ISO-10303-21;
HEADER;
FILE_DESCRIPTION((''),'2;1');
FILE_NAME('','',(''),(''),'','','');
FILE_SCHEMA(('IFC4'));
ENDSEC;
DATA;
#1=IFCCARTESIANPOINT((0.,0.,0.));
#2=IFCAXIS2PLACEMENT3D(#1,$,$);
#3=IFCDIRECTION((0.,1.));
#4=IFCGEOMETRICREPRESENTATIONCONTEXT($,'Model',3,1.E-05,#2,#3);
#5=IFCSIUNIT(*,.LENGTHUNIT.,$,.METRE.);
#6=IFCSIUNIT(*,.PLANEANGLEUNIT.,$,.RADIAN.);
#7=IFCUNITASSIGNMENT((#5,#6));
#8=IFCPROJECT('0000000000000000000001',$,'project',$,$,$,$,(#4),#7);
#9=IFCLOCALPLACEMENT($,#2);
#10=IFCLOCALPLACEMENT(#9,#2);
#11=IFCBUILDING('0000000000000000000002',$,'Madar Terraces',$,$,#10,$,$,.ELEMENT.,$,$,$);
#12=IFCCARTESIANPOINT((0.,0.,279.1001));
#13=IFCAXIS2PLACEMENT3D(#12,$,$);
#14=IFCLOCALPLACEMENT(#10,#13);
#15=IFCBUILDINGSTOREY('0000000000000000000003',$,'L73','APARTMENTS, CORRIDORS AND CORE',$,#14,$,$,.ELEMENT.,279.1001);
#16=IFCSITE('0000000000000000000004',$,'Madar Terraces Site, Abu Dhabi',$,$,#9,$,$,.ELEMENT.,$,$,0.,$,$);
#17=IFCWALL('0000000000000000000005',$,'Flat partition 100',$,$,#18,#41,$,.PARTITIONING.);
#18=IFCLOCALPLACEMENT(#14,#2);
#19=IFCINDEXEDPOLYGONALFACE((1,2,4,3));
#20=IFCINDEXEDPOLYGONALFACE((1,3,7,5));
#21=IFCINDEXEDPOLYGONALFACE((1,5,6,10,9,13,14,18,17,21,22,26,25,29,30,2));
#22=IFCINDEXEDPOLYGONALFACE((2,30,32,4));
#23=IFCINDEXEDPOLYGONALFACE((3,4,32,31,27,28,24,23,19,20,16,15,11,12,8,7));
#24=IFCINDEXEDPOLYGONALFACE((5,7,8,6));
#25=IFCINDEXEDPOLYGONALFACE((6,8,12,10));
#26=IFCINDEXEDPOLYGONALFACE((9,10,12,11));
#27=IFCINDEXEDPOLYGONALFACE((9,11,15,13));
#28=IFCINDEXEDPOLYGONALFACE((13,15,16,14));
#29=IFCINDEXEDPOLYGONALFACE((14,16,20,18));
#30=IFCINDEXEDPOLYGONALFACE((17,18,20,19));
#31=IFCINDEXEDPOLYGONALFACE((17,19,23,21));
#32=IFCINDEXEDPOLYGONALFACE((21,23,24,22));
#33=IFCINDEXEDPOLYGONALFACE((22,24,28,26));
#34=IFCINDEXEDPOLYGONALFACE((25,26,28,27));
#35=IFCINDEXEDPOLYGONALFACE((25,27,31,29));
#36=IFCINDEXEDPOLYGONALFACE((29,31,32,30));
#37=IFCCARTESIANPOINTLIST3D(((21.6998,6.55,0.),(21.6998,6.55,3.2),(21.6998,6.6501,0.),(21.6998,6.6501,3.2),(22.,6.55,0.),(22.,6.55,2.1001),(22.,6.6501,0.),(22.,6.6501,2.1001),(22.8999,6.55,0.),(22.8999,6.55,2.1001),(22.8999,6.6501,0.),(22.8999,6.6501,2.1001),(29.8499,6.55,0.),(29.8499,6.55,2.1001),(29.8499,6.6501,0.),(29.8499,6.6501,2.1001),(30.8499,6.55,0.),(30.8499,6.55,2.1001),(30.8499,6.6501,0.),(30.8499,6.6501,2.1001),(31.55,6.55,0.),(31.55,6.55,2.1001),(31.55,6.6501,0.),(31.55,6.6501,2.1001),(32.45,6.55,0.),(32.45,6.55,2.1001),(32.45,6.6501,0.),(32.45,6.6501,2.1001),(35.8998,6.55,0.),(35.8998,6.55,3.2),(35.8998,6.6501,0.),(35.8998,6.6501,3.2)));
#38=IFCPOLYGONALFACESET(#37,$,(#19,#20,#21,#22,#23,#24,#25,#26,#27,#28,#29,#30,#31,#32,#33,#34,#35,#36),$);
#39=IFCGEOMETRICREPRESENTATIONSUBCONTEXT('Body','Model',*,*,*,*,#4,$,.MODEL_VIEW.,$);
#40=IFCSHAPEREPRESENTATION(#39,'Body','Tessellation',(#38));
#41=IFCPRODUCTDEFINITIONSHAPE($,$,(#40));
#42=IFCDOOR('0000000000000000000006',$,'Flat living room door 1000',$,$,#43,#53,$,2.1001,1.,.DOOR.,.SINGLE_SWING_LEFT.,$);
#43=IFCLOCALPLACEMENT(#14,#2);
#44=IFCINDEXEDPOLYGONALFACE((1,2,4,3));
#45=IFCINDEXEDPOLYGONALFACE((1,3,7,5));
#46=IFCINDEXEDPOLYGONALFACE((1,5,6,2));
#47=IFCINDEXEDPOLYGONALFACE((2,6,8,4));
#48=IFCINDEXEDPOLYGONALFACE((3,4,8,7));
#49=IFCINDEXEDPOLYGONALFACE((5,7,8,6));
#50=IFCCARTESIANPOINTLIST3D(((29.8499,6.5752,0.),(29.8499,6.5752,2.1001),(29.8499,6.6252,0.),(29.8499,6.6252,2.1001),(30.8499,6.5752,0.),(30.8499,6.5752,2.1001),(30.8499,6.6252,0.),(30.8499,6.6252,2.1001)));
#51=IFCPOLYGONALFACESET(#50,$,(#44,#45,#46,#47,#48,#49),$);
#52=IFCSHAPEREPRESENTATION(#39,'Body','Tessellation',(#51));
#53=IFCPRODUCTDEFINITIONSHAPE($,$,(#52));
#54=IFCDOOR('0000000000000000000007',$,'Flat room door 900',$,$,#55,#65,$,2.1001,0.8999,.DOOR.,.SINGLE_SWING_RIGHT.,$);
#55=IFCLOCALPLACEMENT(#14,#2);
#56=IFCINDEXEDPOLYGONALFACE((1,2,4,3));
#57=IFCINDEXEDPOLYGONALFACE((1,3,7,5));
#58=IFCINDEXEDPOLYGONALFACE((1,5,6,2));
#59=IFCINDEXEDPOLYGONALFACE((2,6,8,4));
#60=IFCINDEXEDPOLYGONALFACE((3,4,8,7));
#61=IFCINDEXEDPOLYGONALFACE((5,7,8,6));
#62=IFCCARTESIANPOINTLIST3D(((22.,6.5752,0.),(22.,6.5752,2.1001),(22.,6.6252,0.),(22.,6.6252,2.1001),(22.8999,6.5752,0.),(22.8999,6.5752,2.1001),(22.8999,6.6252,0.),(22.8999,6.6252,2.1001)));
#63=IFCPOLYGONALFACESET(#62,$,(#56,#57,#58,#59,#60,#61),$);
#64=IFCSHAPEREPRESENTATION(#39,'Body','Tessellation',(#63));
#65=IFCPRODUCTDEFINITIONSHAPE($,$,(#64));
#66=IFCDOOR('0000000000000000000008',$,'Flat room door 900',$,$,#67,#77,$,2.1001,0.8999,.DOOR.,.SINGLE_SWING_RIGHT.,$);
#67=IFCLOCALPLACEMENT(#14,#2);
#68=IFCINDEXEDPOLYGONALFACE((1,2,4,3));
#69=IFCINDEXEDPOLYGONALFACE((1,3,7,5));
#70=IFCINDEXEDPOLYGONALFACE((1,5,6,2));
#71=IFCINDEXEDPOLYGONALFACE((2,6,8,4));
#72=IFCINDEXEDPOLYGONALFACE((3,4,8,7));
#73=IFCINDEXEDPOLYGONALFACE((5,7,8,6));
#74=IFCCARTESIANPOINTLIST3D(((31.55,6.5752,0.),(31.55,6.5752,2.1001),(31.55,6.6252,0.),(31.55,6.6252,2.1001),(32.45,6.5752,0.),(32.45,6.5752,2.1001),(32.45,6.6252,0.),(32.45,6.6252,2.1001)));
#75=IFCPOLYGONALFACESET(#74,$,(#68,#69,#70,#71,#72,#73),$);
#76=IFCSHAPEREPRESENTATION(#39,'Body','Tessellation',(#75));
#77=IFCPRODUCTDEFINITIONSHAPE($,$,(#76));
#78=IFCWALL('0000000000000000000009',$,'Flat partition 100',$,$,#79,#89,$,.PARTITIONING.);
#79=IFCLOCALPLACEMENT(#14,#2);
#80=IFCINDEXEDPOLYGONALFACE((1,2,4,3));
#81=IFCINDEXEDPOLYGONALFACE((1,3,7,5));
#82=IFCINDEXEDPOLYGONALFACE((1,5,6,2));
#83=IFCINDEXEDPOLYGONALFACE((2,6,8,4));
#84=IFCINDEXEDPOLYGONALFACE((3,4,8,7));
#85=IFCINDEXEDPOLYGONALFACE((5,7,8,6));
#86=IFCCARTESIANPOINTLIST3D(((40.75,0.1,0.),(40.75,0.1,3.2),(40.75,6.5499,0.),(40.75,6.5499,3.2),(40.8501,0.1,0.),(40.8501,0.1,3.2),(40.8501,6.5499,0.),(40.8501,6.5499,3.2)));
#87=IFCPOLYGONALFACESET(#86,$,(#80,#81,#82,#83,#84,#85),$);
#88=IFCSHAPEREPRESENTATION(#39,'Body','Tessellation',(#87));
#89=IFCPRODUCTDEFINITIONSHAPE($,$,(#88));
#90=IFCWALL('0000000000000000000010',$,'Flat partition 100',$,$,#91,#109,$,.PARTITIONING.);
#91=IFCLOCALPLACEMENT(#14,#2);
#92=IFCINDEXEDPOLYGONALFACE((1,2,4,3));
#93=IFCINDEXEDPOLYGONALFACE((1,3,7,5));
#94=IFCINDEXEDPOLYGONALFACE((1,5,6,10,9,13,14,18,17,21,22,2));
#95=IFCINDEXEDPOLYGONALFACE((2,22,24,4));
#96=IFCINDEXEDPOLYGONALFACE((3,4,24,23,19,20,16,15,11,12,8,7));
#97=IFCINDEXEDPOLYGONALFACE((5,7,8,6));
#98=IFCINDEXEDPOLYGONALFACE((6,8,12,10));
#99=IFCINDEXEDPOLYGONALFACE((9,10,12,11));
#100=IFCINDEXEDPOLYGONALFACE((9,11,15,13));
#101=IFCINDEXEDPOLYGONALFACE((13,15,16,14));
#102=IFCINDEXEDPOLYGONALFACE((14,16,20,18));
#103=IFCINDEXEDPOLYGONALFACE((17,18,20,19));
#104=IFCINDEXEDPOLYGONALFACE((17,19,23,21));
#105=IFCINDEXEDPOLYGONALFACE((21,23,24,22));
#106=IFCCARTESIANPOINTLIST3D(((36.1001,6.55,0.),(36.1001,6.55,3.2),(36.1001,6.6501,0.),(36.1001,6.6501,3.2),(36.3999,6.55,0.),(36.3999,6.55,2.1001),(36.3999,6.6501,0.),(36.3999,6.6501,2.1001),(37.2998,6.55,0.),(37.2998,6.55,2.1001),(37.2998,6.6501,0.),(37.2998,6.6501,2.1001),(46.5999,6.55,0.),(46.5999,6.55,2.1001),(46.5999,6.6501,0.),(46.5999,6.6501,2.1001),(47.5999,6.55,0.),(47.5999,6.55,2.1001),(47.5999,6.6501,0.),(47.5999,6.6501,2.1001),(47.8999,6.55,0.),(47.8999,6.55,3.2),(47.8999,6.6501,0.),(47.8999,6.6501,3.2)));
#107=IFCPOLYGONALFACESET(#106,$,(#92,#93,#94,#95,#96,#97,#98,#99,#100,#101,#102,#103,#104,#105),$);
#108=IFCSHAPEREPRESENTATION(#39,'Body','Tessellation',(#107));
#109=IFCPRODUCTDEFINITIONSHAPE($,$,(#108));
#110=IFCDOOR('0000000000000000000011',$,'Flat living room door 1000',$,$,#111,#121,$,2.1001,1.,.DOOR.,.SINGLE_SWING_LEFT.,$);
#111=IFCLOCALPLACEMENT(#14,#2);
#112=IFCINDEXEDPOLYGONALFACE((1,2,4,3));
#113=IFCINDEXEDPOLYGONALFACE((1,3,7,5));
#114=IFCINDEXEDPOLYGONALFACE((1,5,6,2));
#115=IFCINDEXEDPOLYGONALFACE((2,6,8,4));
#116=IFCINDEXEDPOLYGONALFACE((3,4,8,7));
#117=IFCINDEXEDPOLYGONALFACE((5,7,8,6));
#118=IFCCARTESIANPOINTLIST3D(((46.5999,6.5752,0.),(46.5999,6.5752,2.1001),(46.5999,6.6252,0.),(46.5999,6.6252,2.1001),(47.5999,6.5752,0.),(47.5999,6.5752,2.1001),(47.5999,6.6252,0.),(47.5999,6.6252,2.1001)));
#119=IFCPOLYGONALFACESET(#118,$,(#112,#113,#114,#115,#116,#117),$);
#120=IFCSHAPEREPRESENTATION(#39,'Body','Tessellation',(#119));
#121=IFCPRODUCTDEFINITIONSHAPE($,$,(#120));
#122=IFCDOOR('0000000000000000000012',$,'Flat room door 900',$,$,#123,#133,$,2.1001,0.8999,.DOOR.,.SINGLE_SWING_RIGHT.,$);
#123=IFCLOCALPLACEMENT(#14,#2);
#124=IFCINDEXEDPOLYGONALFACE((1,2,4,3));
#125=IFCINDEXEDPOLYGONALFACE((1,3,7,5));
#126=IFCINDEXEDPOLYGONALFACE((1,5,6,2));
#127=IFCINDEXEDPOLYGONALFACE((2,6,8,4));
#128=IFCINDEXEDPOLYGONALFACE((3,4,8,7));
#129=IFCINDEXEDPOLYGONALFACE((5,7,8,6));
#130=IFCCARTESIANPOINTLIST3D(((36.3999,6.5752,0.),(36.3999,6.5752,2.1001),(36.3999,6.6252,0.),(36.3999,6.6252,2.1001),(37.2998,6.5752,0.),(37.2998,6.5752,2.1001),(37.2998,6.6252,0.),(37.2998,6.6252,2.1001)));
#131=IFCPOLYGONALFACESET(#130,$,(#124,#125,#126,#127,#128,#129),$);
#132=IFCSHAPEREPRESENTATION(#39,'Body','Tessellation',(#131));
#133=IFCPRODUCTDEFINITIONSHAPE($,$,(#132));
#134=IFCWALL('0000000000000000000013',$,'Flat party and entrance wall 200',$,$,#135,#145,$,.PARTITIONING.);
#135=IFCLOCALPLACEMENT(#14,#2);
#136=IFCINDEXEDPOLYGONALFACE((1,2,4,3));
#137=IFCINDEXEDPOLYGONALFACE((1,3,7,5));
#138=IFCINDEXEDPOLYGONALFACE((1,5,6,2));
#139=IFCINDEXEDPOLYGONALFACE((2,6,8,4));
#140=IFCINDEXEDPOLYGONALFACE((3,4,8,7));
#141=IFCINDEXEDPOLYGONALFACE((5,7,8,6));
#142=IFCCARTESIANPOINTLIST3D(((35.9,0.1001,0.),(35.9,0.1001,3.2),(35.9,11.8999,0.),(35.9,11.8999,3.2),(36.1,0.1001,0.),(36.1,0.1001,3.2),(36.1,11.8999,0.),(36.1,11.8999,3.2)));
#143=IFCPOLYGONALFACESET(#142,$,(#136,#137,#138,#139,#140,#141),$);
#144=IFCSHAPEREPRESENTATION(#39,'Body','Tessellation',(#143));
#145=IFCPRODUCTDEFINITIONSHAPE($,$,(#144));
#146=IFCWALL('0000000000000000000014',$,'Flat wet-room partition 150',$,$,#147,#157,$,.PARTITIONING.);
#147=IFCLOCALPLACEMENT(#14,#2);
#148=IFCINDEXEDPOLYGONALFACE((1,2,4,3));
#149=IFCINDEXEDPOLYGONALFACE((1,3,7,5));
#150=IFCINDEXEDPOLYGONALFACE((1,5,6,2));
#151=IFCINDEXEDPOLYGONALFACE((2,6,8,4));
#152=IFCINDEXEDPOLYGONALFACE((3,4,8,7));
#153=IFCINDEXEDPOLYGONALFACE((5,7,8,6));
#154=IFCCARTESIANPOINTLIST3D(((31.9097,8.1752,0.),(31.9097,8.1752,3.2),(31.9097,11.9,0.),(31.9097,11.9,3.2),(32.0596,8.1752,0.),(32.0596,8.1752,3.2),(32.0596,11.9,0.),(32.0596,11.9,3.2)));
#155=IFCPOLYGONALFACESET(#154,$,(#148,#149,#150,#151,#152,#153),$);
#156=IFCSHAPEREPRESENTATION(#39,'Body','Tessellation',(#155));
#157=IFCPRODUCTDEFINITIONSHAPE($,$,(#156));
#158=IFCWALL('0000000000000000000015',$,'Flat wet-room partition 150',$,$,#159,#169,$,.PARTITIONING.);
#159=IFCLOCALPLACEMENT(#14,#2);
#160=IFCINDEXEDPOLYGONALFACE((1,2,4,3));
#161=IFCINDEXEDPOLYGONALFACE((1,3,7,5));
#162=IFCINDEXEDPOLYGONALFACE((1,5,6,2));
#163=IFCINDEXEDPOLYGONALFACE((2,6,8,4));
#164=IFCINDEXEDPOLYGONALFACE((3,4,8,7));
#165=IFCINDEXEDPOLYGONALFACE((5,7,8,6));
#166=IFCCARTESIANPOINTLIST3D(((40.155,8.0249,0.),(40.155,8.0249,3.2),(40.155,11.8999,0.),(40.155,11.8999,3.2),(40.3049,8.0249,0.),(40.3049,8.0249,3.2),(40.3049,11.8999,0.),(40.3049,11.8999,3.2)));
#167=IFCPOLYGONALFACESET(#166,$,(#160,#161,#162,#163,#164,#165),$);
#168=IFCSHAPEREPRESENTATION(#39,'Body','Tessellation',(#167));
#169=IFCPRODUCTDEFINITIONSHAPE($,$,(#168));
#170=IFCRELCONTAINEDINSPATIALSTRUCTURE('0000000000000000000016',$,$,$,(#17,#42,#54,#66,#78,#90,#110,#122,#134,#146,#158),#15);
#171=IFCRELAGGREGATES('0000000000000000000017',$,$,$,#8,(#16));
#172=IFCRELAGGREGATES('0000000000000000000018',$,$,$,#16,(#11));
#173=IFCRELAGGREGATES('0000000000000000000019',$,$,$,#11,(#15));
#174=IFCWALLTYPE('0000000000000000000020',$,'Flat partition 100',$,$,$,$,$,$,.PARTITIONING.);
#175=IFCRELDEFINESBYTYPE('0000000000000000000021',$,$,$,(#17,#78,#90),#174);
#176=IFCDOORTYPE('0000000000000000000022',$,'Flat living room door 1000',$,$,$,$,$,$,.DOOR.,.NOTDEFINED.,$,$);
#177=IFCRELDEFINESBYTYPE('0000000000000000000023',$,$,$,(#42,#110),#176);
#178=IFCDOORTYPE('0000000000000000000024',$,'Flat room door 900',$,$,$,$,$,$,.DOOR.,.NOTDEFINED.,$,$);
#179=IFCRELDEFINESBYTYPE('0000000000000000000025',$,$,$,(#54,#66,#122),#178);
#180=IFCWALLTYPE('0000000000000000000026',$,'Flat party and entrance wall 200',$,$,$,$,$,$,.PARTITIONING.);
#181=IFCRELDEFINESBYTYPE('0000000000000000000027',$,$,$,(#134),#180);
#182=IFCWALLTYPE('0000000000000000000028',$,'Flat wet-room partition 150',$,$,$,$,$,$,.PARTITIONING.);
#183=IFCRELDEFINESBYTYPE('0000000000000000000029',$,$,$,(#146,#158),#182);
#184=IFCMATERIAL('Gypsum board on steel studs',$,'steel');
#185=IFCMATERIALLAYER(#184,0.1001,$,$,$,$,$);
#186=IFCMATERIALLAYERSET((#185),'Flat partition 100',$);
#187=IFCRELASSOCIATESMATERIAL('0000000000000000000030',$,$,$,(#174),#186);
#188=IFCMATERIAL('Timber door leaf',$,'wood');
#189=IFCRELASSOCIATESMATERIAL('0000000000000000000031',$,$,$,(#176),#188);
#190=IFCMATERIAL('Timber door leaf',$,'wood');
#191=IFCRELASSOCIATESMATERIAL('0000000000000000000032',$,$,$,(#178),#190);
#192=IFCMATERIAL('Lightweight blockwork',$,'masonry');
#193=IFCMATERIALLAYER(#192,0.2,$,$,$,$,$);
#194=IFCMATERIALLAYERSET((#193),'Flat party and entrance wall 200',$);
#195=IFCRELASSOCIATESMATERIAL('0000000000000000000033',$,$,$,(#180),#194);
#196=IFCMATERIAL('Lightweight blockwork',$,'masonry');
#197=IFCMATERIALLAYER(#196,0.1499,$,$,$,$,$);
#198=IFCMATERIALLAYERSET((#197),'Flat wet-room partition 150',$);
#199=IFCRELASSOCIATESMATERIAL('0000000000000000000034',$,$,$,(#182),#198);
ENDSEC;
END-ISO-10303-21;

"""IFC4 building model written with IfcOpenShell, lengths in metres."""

from ifc_helpers import new_model, si_unit, direction, frame, frame_2d, origin, place, context, subcontext, project, spatial, rectangle, extrude, material, layer, layer_set, type_object, element, fill, save


model = new_model("IFC4")

# Units and contexts
model_context = context("Model", 3, precision=1e-05, world=origin(), true_north=direction((0.0, 1.0)))
body_context = subcontext(model_context, "Body", "Model", "MODEL_VIEW")
ifc_project = project(units=[si_unit("LENGTHUNIT", "METRE"), si_unit("PLANEANGLEUNIT", "RADIAN")], contexts=[model_context])

# Site, building, storey
site_placement = place(None, origin())
site = spatial("IfcSite", under=ifc_project, at=site_placement, Name="Madar Terraces Site, Abu Dhabi", CompositionType="ELEMENT", RefElevation=0.0)
building_placement = place(site_placement, origin())
building = spatial("IfcBuilding", under=site, at=building_placement, Name="Madar Terraces", CompositionType="ELEMENT")
storey_placement = place(building_placement, frame((0.0, 0.0, 279.1001)))
storey = spatial("IfcBuildingStorey", under=building, at=storey_placement, Name="L73", Description="APARTMENTS, CORRIDORS AND CORE", CompositionType="ELEMENT", Elevation=279.1001)

# Shared definitions
ifc_material_1 = material(Name="Gypsum board on steel studs", Category="steel")
ifc_layer_1 = layer(ifc_material_1, 0.1001)
ifc_layer_set_1 = layer_set([ifc_layer_1], Name="Flat partition 100")
wall_type_1 = type_object("IfcWallType", Name="Flat partition 100", PredefinedType="PARTITIONING", material=ifc_layer_set_1)

# Wall, openings, doors
wall_1_placement = place(storey_placement, frame((35.8999, 6.6001, 0.0), z_axis=(0.0, 0.0, 1.0), x_axis=(-1.0, 0.0, 0.0)))
wall_1 = element("IfcWall", 1, at=wall_1_placement, inside=storey, type_object=wall_type_1, Name="Flat partition 100", PredefinedType="PARTITIONING", context=body_context, shape_type="SweptSolid", body=[
    extrude(rectangle(XDim=14.2, YDim=0.1001, at=frame_2d((7.1001, 0.0))), origin(), (0.0, 0.0, 1.0), 3.2),
])
opening_1_placement = place(wall_1_placement, frame((13.0, 0.0, 0.0)))
opening_1 = element("IfcOpeningElement", 2, at=opening_1_placement, cuts=wall_1, PredefinedType="OPENING", context=body_context, shape_type="SweptSolid", body=[
    extrude(rectangle(XDim=0.8999, YDim=2.1001, at=frame_2d((0.45, 1.05))), frame((0.0, 0.0601, 0.0), z_axis=(0.0, -1.0, 0.0), x_axis=(1.0, 0.0, 0.0)), (0.0, 0.0, 1.0), 0.1201),
])
opening_2_placement = place(wall_1_placement, frame((5.05, 0.0, 0.0)))
opening_2 = element("IfcOpeningElement", 3, at=opening_2_placement, cuts=wall_1, PredefinedType="OPENING", context=body_context, shape_type="SweptSolid", body=[
    extrude(rectangle(XDim=1.0, YDim=2.1001, at=frame_2d((0.5, 1.05))), frame((0.0, 0.0601, 0.0), z_axis=(0.0, -1.0, 0.0), x_axis=(1.0, 0.0, 0.0)), (0.0, 0.0, 1.0), 0.1201),
])
opening_3_placement = place(wall_1_placement, frame((3.45, 0.0, 0.0)))
opening_3 = element("IfcOpeningElement", 4, at=opening_3_placement, cuts=wall_1, PredefinedType="OPENING", context=body_context, shape_type="SweptSolid", body=[
    extrude(rectangle(XDim=0.8999, YDim=2.1001, at=frame_2d((0.45, 1.05))), frame((0.0, 0.0601, 0.0), z_axis=(0.0, -1.0, 0.0), x_axis=(1.0, 0.0, 0.0)), (0.0, 0.0, 1.0), 0.1201),
])
ifc_material_2 = material(Name="Timber door leaf", Category="wood")
door_type_1 = type_object("IfcDoorType", Name="Flat living room door 1000", OperationType="NOTDEFINED", PredefinedType="DOOR", material=ifc_material_2)
door_1_placement = place(opening_2_placement, origin())
door_1 = element("IfcDoor", 5, at=door_1_placement, inside=storey, type_object=door_type_1, Name="Flat living room door 1000", OperationType="SINGLE_SWING_LEFT", OverallHeight=2.1001, OverallWidth=1.0, PredefinedType="DOOR", context=body_context, shape_type="SweptSolid", body=[
    extrude(rectangle(XDim=1.0, YDim=2.1001, at=frame_2d((0.5, 1.05))), frame((0.0, 0.0249, 0.0), z_axis=(0.0, -1.0, 0.0), x_axis=(1.0, 0.0, 0.0)), (0.0, 0.0, 1.0), 0.05),
])
fill(opening_2, door_1)
ifc_material_3 = material(Name="Timber door leaf", Category="wood")
door_type_2 = type_object("IfcDoorType", Name="Flat room door 900", OperationType="NOTDEFINED", PredefinedType="DOOR", material=ifc_material_3)
door_2_placement = place(opening_1_placement, origin())
door_2 = element("IfcDoor", 6, at=door_2_placement, inside=storey, type_object=door_type_2, Name="Flat room door 900", OperationType="SINGLE_SWING_RIGHT", OverallHeight=2.1001, OverallWidth=0.8999, PredefinedType="DOOR", context=body_context, shape_type="SweptSolid", body=[
    extrude(rectangle(XDim=0.8999, YDim=2.1001, at=frame_2d((0.45, 1.05))), frame((0.0, 0.0249, 0.0), z_axis=(0.0, -1.0, 0.0), x_axis=(1.0, 0.0, 0.0)), (0.0, 0.0, 1.0), 0.05),
])
fill(opening_1, door_2)
door_3_placement = place(opening_3_placement, origin())
door_3 = element("IfcDoor", 7, at=door_3_placement, inside=storey, type_object=door_type_2, Name="Flat room door 900", OperationType="SINGLE_SWING_RIGHT", OverallHeight=2.1001, OverallWidth=0.8999, PredefinedType="DOOR", context=body_context, shape_type="SweptSolid", body=[
    extrude(rectangle(XDim=0.8999, YDim=2.1001, at=frame_2d((0.45, 1.05))), frame((0.0, 0.0249, 0.0), z_axis=(0.0, -1.0, 0.0), x_axis=(1.0, 0.0, 0.0)), (0.0, 0.0, 1.0), 0.05),
])
fill(opening_3, door_3)

# Wall
wall_2_placement = place(storey_placement, frame((40.8, 6.55, 0.0), z_axis=(0.0, 0.0, 1.0), x_axis=(0.0, -1.0, 0.0)))
element("IfcWall", 8, at=wall_2_placement, inside=storey, type_object=wall_type_1, Name="Flat partition 100", PredefinedType="PARTITIONING", context=body_context, shape_type="SweptSolid", body=[
    extrude(rectangle(XDim=6.45, YDim=0.1001, at=frame_2d((3.2251, 0.0))), origin(), (0.0, 0.0, 1.0), 3.2),
])

# Wall, openings, doors
wall_3_placement = place(storey_placement, frame((47.8999, 6.6001, 0.0), z_axis=(0.0, 0.0, 1.0), x_axis=(-1.0, 0.0, 0.0)))
wall_3 = element("IfcWall", 9, at=wall_3_placement, inside=storey, type_object=wall_type_1, Name="Flat partition 100", PredefinedType="PARTITIONING", context=body_context, shape_type="SweptSolid", body=[
    extrude(rectangle(XDim=11.7998, YDim=0.1001, at=frame_2d((5.8999, 0.0))), origin(), (0.0, 0.0, 1.0), 3.2),
])
opening_4_placement = place(wall_3_placement, frame((0.3, 0.0, 0.0)))
opening_4 = element("IfcOpeningElement", 10, at=opening_4_placement, cuts=wall_3, PredefinedType="OPENING", context=body_context, shape_type="SweptSolid", body=[
    extrude(rectangle(XDim=1.0, YDim=2.1001, at=frame_2d((0.5, 1.05))), frame((0.0, 0.0601, 0.0), z_axis=(0.0, -1.0, 0.0), x_axis=(1.0, 0.0, 0.0)), (0.0, 0.0, 1.0), 0.1201),
])
opening_5_placement = place(wall_3_placement, frame((10.6001, 0.0, 0.0)))
opening_5 = element("IfcOpeningElement", 11, at=opening_5_placement, cuts=wall_3, PredefinedType="OPENING", context=body_context, shape_type="SweptSolid", body=[
    extrude(rectangle(XDim=0.8999, YDim=2.1001, at=frame_2d((0.45, 1.05))), frame((0.0, 0.0601, 0.0), z_axis=(0.0, -1.0, 0.0), x_axis=(1.0, 0.0, 0.0)), (0.0, 0.0, 1.0), 0.1201),
])
door_4_placement = place(opening_4_placement, origin())
door_4 = element("IfcDoor", 12, at=door_4_placement, inside=storey, type_object=door_type_1, Name="Flat living room door 1000", OperationType="SINGLE_SWING_LEFT", OverallHeight=2.1001, OverallWidth=1.0, PredefinedType="DOOR", context=body_context, shape_type="SweptSolid", body=[
    extrude(rectangle(XDim=1.0, YDim=2.1001, at=frame_2d((0.5, 1.05))), frame((0.0, 0.0249, 0.0), z_axis=(0.0, -1.0, 0.0), x_axis=(1.0, 0.0, 0.0)), (0.0, 0.0, 1.0), 0.05),
])
fill(opening_4, door_4)
door_5_placement = place(opening_5_placement, origin())
door_5 = element("IfcDoor", 13, at=door_5_placement, inside=storey, type_object=door_type_2, Name="Flat room door 900", OperationType="SINGLE_SWING_RIGHT", OverallHeight=2.1001, OverallWidth=0.8999, PredefinedType="DOOR", context=body_context, shape_type="SweptSolid", body=[
    extrude(rectangle(XDim=0.8999, YDim=2.1001, at=frame_2d((0.45, 1.05))), frame((0.0, 0.0249, 0.0), z_axis=(0.0, -1.0, 0.0), x_axis=(1.0, 0.0, 0.0)), (0.0, 0.0, 1.0), 0.05),
])
fill(opening_5, door_5)

# Walls
ifc_material_4 = material(Name="Lightweight blockwork", Category="masonry")
ifc_layer_2 = layer(ifc_material_4, 0.2)
ifc_layer_set_2 = layer_set([ifc_layer_2], Name="Flat party and entrance wall 200")
wall_type_2 = type_object("IfcWallType", Name="Flat party and entrance wall 200", PredefinedType="PARTITIONING", material=ifc_layer_set_2)
wall_4_placement = place(storey_placement, frame((36.0, 11.8999, 0.0), z_axis=(0.0, 0.0, 1.0), x_axis=(0.0, -1.0, 0.0)))
element("IfcWall", 14, at=wall_4_placement, inside=storey, type_object=wall_type_2, Name="Flat party and entrance wall 200", PredefinedType="PARTITIONING", context=body_context, shape_type="SweptSolid", body=[
    extrude(rectangle(XDim=11.7998, YDim=0.2, at=frame_2d((5.8999, 0.0))), origin(), (0.0, 0.0, 1.0), 3.2),
])
ifc_material_5 = material(Name="Lightweight blockwork", Category="masonry")
ifc_layer_3 = layer(ifc_material_5, 0.1499)
ifc_layer_set_3 = layer_set([ifc_layer_3], Name="Flat wet-room partition 150")
wall_type_3 = type_object("IfcWallType", Name="Flat wet-room partition 150", PredefinedType="PARTITIONING", material=ifc_layer_set_3)
wall_5_placement = place(storey_placement, frame((31.9846, 11.8999, 0.0), z_axis=(0.0, 0.0, 1.0), x_axis=(0.0, -1.0, 0.0)))
element("IfcWall", 15, at=wall_5_placement, inside=storey, type_object=wall_type_3, Name="Flat wet-room partition 150", PredefinedType="PARTITIONING", context=body_context, shape_type="SweptSolid", body=[
    extrude(rectangle(XDim=3.7249, YDim=0.1499, at=frame_2d((1.8623, 0.0))), origin(), (0.0, 0.0, 1.0), 3.2),
])
wall_6_placement = place(storey_placement, frame((40.23, 11.8999, 0.0), z_axis=(0.0, 0.0, 1.0), x_axis=(0.0, -1.0, 0.0)))
element("IfcWall", 16, at=wall_6_placement, inside=storey, type_object=wall_type_3, Name="Flat wet-room partition 150", PredefinedType="PARTITIONING", context=body_context, shape_type="SweptSolid", body=[
    extrude(rectangle(XDim=3.875, YDim=0.1499, at=frame_2d((1.9375, 0.0))), origin(), (0.0, 0.0, 1.0), 3.2),
])

save(model, "model.ifc")
